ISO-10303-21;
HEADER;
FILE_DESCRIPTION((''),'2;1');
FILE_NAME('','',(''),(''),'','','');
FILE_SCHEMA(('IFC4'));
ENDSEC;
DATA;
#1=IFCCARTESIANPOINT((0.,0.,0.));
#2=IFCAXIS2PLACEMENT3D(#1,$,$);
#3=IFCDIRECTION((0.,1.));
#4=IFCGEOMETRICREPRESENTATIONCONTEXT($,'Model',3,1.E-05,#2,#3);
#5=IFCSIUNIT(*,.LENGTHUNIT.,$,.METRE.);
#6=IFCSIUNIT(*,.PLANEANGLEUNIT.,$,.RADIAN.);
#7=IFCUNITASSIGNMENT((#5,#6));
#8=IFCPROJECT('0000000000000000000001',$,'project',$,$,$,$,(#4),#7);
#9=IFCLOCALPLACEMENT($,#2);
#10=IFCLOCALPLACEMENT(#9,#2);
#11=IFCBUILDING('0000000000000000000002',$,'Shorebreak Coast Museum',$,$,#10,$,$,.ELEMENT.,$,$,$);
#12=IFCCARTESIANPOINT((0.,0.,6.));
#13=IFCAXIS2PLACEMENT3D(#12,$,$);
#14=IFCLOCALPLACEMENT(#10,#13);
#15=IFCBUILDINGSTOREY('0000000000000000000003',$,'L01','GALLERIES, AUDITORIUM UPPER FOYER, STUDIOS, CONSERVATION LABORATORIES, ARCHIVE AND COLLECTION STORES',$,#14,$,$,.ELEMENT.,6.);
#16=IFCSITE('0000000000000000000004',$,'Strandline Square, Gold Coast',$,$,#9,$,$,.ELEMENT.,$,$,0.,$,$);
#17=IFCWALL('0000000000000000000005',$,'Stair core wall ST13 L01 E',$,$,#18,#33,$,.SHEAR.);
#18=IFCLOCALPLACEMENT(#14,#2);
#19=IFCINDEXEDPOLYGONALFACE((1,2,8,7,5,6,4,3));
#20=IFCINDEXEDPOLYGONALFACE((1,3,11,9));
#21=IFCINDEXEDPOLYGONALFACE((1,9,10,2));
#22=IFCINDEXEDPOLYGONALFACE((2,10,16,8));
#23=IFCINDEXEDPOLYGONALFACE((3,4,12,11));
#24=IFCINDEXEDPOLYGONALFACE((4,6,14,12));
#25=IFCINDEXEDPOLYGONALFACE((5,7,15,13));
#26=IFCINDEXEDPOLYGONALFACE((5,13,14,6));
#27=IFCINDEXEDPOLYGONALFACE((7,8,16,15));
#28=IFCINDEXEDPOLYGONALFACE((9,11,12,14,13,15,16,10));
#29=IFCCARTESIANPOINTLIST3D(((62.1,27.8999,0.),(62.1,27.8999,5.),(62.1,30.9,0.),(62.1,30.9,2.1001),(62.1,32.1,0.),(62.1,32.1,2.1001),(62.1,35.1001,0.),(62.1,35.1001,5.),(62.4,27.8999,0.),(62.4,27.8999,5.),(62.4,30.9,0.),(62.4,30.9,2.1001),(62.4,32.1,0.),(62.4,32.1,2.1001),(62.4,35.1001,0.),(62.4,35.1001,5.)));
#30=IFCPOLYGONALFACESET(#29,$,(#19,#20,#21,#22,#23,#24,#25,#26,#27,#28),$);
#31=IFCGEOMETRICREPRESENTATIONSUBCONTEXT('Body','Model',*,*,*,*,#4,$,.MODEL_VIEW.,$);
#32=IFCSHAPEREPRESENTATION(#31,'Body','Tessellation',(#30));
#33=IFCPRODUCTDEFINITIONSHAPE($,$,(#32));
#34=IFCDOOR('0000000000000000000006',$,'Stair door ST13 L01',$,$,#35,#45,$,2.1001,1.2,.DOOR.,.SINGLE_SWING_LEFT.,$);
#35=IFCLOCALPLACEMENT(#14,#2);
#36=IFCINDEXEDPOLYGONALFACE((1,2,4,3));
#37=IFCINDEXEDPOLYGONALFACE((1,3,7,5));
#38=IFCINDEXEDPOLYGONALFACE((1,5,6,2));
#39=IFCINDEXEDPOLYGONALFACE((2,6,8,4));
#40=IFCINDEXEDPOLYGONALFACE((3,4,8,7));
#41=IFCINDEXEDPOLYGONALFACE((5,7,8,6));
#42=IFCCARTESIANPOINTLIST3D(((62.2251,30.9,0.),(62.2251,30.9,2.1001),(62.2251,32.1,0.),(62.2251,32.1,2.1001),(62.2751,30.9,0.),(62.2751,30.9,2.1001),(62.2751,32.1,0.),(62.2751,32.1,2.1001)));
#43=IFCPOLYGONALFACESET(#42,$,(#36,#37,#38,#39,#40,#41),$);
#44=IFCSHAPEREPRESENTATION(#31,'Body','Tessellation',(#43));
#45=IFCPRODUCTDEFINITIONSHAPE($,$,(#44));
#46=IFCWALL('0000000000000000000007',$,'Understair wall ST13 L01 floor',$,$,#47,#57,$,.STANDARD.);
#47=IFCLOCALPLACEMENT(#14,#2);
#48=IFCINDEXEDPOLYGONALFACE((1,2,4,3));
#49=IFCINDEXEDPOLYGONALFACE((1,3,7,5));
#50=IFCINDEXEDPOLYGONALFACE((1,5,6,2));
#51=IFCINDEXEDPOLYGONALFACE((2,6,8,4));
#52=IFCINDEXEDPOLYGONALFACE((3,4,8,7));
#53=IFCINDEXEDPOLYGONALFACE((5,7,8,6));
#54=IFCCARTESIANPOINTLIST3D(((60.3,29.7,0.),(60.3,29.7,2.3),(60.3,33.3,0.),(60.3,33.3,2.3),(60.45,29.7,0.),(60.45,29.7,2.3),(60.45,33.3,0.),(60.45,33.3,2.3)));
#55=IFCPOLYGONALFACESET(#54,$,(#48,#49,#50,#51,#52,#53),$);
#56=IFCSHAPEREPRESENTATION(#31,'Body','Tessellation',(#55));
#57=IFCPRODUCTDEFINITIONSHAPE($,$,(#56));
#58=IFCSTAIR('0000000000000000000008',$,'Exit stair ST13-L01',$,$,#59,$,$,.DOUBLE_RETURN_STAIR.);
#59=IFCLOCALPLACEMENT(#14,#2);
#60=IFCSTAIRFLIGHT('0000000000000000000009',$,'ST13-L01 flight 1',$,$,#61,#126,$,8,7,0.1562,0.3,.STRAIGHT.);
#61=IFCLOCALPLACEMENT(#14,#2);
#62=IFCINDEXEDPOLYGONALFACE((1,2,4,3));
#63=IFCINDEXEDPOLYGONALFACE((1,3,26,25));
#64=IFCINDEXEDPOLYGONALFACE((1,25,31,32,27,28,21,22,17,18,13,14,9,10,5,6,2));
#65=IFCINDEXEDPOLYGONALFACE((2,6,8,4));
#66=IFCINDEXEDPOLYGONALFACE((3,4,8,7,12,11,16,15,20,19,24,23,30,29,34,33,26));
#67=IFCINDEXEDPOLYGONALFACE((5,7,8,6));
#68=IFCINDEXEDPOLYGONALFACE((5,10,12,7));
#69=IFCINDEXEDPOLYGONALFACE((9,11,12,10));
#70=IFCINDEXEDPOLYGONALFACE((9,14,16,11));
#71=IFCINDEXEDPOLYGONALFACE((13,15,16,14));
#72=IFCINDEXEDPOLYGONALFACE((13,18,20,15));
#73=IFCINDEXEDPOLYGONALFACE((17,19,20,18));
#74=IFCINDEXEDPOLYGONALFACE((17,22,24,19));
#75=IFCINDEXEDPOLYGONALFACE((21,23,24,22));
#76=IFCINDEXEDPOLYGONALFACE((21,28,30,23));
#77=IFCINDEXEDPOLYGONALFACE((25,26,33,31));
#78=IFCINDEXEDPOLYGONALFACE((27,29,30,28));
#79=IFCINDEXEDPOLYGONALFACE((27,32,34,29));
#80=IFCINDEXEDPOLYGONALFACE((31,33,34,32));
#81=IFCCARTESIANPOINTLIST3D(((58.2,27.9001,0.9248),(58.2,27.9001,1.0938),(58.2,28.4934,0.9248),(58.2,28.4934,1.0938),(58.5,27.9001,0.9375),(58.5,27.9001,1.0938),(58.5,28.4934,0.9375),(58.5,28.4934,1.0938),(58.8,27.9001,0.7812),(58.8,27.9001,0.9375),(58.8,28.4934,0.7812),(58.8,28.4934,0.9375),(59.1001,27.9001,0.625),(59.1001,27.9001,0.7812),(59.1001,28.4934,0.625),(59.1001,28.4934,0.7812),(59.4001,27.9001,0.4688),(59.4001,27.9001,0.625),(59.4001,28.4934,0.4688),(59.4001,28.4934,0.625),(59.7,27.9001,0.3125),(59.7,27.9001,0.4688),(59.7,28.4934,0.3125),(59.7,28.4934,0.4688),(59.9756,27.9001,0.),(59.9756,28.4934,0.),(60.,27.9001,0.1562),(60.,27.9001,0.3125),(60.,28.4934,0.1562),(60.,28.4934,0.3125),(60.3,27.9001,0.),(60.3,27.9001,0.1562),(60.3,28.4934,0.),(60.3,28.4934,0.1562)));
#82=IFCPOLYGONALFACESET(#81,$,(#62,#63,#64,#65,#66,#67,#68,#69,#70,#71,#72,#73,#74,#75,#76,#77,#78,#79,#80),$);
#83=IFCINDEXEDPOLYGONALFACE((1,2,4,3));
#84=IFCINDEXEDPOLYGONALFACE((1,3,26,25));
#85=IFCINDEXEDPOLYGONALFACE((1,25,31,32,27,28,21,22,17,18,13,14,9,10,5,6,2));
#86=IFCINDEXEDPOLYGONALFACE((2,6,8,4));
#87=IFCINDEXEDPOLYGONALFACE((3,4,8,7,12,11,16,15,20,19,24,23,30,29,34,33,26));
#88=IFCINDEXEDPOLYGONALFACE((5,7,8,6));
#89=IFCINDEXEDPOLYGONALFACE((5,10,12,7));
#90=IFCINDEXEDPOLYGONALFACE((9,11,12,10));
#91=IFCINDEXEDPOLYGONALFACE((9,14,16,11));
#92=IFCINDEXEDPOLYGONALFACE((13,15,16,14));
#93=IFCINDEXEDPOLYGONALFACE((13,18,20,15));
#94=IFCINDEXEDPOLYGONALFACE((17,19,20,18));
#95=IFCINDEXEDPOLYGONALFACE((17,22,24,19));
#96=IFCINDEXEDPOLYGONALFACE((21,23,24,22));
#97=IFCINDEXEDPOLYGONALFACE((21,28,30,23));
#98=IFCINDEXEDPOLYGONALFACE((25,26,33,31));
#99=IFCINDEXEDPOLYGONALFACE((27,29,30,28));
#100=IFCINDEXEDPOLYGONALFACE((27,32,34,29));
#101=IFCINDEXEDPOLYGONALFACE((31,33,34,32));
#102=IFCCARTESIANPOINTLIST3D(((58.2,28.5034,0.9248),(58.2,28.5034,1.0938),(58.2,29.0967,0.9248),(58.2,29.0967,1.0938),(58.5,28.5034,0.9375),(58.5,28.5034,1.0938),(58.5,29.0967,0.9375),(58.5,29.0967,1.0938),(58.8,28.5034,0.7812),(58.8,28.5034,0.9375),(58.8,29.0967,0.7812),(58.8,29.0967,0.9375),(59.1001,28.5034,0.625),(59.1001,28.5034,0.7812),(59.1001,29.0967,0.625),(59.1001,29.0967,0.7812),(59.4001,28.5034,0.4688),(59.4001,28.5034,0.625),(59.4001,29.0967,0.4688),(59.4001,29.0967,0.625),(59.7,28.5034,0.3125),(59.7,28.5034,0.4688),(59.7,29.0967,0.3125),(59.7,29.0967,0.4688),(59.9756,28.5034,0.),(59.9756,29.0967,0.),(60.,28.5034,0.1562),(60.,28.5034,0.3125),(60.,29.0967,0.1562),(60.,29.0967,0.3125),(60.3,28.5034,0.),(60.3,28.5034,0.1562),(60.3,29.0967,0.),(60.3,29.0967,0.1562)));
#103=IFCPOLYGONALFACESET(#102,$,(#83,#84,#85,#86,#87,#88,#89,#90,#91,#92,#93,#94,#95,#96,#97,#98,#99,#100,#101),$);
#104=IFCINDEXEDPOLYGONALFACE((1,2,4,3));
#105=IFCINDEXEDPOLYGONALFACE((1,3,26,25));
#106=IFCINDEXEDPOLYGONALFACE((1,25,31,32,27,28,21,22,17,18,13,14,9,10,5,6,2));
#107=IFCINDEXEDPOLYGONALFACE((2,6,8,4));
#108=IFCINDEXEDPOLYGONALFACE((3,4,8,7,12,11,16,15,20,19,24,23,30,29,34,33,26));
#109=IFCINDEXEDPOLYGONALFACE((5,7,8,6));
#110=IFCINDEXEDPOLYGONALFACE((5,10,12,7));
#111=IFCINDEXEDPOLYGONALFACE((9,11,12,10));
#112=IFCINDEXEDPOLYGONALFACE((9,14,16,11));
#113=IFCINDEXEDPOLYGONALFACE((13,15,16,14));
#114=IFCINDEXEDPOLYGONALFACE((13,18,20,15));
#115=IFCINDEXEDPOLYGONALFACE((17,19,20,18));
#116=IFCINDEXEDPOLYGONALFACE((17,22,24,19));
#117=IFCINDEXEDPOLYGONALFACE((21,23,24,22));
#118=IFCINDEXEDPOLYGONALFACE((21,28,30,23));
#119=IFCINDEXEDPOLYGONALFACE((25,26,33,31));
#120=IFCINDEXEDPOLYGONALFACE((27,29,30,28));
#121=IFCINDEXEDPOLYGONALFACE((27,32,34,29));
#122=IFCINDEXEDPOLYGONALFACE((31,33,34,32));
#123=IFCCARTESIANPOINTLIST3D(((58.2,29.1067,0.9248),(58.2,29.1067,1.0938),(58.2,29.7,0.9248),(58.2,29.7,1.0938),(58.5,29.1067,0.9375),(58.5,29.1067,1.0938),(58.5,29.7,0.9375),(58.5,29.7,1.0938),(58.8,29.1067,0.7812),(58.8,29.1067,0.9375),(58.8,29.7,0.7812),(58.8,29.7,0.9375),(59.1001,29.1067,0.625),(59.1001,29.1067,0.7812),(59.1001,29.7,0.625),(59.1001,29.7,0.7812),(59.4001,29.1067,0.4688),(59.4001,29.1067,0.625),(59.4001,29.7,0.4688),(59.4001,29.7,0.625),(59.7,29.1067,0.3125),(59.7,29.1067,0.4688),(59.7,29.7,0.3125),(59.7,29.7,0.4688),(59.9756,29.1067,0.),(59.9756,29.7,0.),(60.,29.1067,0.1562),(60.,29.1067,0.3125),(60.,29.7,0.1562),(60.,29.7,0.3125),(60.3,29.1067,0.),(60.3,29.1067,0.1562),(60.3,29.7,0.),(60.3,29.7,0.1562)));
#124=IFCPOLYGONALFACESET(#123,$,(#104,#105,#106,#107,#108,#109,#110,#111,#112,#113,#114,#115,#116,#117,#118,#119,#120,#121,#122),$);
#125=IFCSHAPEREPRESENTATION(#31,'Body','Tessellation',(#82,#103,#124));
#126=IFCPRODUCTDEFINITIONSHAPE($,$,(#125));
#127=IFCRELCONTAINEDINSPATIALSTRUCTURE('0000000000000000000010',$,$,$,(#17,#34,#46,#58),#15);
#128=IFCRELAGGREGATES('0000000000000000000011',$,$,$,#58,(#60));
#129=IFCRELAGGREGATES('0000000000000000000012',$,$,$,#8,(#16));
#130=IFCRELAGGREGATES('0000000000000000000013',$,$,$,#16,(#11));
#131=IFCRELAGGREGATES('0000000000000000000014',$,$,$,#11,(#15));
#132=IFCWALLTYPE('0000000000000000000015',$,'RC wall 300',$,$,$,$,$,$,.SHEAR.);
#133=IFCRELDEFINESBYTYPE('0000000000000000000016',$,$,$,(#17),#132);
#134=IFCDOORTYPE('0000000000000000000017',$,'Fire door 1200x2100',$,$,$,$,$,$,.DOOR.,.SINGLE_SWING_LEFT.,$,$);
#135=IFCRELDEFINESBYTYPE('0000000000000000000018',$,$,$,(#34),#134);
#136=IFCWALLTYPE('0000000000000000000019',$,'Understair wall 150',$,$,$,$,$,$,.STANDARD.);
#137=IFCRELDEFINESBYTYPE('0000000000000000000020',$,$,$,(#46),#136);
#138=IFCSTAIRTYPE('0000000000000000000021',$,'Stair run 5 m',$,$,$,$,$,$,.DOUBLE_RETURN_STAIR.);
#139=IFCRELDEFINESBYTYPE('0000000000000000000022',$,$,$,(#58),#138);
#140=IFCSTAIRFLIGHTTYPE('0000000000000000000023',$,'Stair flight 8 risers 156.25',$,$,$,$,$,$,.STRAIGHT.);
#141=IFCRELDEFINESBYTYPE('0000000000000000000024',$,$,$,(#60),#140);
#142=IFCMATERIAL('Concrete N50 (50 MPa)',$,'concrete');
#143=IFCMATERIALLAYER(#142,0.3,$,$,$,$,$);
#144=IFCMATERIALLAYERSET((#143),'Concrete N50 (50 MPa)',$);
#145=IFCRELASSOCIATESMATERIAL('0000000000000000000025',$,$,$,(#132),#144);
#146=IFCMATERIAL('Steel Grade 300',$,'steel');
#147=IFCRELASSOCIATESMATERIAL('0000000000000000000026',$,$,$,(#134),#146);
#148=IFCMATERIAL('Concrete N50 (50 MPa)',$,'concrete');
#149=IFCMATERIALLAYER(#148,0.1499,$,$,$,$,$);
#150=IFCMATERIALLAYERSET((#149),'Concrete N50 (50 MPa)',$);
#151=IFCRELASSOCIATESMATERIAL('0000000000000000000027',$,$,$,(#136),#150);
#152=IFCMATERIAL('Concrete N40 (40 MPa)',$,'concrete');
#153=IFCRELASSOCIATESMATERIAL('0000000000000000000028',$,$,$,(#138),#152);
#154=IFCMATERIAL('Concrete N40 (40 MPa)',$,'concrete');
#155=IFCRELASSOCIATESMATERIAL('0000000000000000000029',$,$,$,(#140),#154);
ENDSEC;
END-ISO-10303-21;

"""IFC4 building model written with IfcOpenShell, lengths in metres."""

from ifc_helpers import new_model, si_unit, direction, frame, frame_2d, origin, place, context, subcontext, project, spatial, polyline, rectangle, outline, extrude, material, layer, layer_set, type_object, element, fill, aggregate, save


model = new_model("IFC4")

# Units and contexts
model_context = context("Model", 3, precision=1e-05, world=origin(), true_north=direction((0.0, 1.0)))
body_context = subcontext(model_context, "Body", "Model", "MODEL_VIEW")
ifc_project = project(units=[si_unit("LENGTHUNIT", "METRE"), si_unit("PLANEANGLEUNIT", "RADIAN")], contexts=[model_context])

# Site, building, storey
site_placement = place(None, origin())
site = spatial("IfcSite", under=ifc_project, at=site_placement, Name="Strandline Square, Gold Coast", CompositionType="ELEMENT", RefElevation=0.0)
building_placement = place(site_placement, origin())
building = spatial("IfcBuilding", under=site, at=building_placement, Name="Shorebreak Coast Museum", CompositionType="ELEMENT")
storey_placement = place(building_placement, frame((0.0, 0.0, 6.0)))
storey = spatial("IfcBuildingStorey", under=building, at=storey_placement, Name="L01", Description="GALLERIES, AUDITORIUM UPPER FOYER, STUDIOS, CONSERVATION LABORATORIES, ARCHIVE AND COLLECTION STORES", CompositionType="ELEMENT", Elevation=6.0)

# Wall, opening, door
ifc_material_1 = material(Name="Concrete N50 (50 MPa)", Category="concrete")
ifc_layer_1 = layer(ifc_material_1, 0.3)
ifc_layer_set_1 = layer_set([ifc_layer_1], Name="Concrete N50 (50 MPa)")
wall_type_1 = type_object("IfcWallType", Name="RC wall 300", PredefinedType="SHEAR", material=ifc_layer_set_1)
wall_1_placement = place(storey_placement, frame((62.25, 27.8999, 0.0), z_axis=(0.0, 0.0, 1.0), x_axis=(0.0, 1.0, 0.0)))
wall_1 = element("IfcWall", 1, at=wall_1_placement, inside=storey, type_object=wall_type_1, Name="Stair core wall ST13 L01 E", PredefinedType="SHEAR", context=body_context, shape_type="SweptSolid", body=[
    extrude(rectangle(XDim=7.2002, YDim=0.3, at=frame_2d((3.6001, 0.0))), origin(), (0.0, 0.0, 1.0), 5.0),
])
opening_1_placement = place(wall_1_placement, frame((3.0, 0.0, 0.0)))
opening_1 = element("IfcOpeningElement", 2, at=opening_1_placement, cuts=wall_1, PredefinedType="OPENING", context=body_context, shape_type="SweptSolid", body=[
    extrude(rectangle(XDim=1.2, YDim=2.1001, at=frame_2d((0.6001, 1.05))), frame((0.0, 0.1599, 0.0), z_axis=(0.0, -1.0, 0.0), x_axis=(1.0, 0.0, 0.0)), (0.0, 0.0, 1.0), 0.3201),
])
ifc_material_2 = material(Name="Steel Grade 300", Category="steel")
door_type_1 = type_object("IfcDoorType", Name="Fire door 1200x2100", OperationType="SINGLE_SWING_LEFT", PredefinedType="DOOR", material=ifc_material_2)
door_1_placement = place(opening_1_placement, origin())
door_1 = element("IfcDoor", 3, at=door_1_placement, inside=storey, type_object=door_type_1, Name="Stair door ST13 L01", OperationType="SINGLE_SWING_LEFT", OverallHeight=2.1001, OverallWidth=1.2, PredefinedType="DOOR", context=body_context, shape_type="SweptSolid", body=[
    extrude(rectangle(XDim=1.2, YDim=2.1001, at=frame_2d((0.6001, 1.05))), frame((0.0, 0.0249, 0.0), z_axis=(0.0, -1.0, 0.0), x_axis=(1.0, 0.0, 0.0)), (0.0, 0.0, 1.0), 0.05),
])
fill(opening_1, door_1)

# Wall
ifc_material_3 = material(Name="Concrete N50 (50 MPa)", Category="concrete")
ifc_layer_2 = layer(ifc_material_3, 0.1499)
ifc_layer_set_2 = layer_set([ifc_layer_2], Name="Concrete N50 (50 MPa)")
wall_type_2 = type_object("IfcWallType", Name="Understair wall 150", PredefinedType="STANDARD", material=ifc_layer_set_2)
wall_2_placement = place(storey_placement, frame((60.375, 29.7, 0.0), z_axis=(0.0, 0.0, 1.0), x_axis=(0.0, 1.0, 0.0)))
element("IfcWall", 4, at=wall_2_placement, inside=storey, type_object=wall_type_2, Name="Understair wall ST13 L01 floor", PredefinedType="STANDARD", context=body_context, shape_type="SweptSolid", body=[
    extrude(rectangle(XDim=3.6001, YDim=0.1499, at=frame_2d((1.8, 0.0))), origin(), (0.0, 0.0, 1.0), 2.3),
])

# Stair, stair flight
ifc_material_4 = material(Name="Concrete N40 (40 MPa)", Category="concrete")
stair_type = type_object("IfcStairType", Name="Stair run 5 m", PredefinedType="DOUBLE_RETURN_STAIR", material=ifc_material_4)
stair_placement = place(storey_placement, origin())
stair = element("IfcStair", 5, at=stair_placement, inside=storey, type_object=stair_type, Name="Exit stair ST13-L01", PredefinedType="DOUBLE_RETURN_STAIR")
ifc_material_5 = material(Name="Concrete N40 (40 MPa)", Category="concrete")
stair_flight_type = type_object("IfcStairFlightType", Name="Stair flight 8 risers 156.25", PredefinedType="STRAIGHT", material=ifc_material_5)
stair_flight_1_placement = place(storey_placement, frame((60.3, 28.8, 0.0), z_axis=(0.0, 0.0, 1.0), x_axis=(-1.0, 0.0, 0.0)))
stair_flight_1 = element("IfcStairFlight", 6, at=stair_flight_1_placement, type_object=stair_flight_type, Name="ST13-L01 flight 1", NumberOfRisers=8, NumberOfTreads=7, PredefinedType="STRAIGHT", RiserHeight=0.1562, TreadLength=0.3, context=body_context, shape_type="SweptSolid", body=[
    extrude(outline(polyline([(0.0, 0.0), (0.0, 0.1562), (0.3, 0.1562), (0.3, 0.3125), (0.6001, 0.3125), (0.6001, 0.4688), (0.8999, 0.4688), (0.8999, 0.625), (1.2, 0.625), (1.2, 0.7812), (1.5, 0.7812), (1.5, 0.9375), (1.8, 0.9375), (1.8, 1.0938), (2.1001, 1.0938), (2.1001, 1.25), (2.1001, 0.9248), (0.3245, 0.0), (0.0, 0.0)])), frame((0.0, 0.8999, 0.0), z_axis=(0.0, -1.0, 0.0), x_axis=(1.0, 0.0, 0.0)), (0.0, 0.0, 1.0), 0.5933),
    extrude(outline(polyline([(0.0, 0.0), (0.0, 0.1562), (0.3, 0.1562), (0.3, 0.3125), (0.6001, 0.3125), (0.6001, 0.4688), (0.8999, 0.4688), (0.8999, 0.625), (1.2, 0.625), (1.2, 0.7812), (1.5, 0.7812), (1.5, 0.9375), (1.8, 0.9375), (1.8, 1.0938), (2.1001, 1.0938), (2.1001, 1.25), (2.1001, 0.9248), (0.3245, 0.0), (0.0, 0.0)])), frame((0.0, 0.2966, 0.0), z_axis=(0.0, -1.0, 0.0), x_axis=(1.0, 0.0, 0.0)), (0.0, 0.0, 1.0), 0.5933),
    extrude(outline(polyline([(0.0, 0.0), (0.0, 0.1562), (0.3, 0.1562), (0.3, 0.3125), (0.6001, 0.3125), (0.6001, 0.4688), (0.8999, 0.4688), (0.8999, 0.625), (1.2, 0.625), (1.2, 0.7812), (1.5, 0.7812), (1.5, 0.9375), (1.8, 0.9375), (1.8, 1.0938), (2.1001, 1.0938), (2.1001, 1.25), (2.1001, 0.9248), (0.3245, 0.0), (0.0, 0.0)])), frame((0.0, -0.3066, 0.0), z_axis=(0.0, -1.0, 0.0), x_axis=(1.0, 0.0, 0.0)), (0.0, 0.0, 1.0), 0.5933),
])
aggregate(stair, [stair_flight_1])

save(model, "model.ifc")
